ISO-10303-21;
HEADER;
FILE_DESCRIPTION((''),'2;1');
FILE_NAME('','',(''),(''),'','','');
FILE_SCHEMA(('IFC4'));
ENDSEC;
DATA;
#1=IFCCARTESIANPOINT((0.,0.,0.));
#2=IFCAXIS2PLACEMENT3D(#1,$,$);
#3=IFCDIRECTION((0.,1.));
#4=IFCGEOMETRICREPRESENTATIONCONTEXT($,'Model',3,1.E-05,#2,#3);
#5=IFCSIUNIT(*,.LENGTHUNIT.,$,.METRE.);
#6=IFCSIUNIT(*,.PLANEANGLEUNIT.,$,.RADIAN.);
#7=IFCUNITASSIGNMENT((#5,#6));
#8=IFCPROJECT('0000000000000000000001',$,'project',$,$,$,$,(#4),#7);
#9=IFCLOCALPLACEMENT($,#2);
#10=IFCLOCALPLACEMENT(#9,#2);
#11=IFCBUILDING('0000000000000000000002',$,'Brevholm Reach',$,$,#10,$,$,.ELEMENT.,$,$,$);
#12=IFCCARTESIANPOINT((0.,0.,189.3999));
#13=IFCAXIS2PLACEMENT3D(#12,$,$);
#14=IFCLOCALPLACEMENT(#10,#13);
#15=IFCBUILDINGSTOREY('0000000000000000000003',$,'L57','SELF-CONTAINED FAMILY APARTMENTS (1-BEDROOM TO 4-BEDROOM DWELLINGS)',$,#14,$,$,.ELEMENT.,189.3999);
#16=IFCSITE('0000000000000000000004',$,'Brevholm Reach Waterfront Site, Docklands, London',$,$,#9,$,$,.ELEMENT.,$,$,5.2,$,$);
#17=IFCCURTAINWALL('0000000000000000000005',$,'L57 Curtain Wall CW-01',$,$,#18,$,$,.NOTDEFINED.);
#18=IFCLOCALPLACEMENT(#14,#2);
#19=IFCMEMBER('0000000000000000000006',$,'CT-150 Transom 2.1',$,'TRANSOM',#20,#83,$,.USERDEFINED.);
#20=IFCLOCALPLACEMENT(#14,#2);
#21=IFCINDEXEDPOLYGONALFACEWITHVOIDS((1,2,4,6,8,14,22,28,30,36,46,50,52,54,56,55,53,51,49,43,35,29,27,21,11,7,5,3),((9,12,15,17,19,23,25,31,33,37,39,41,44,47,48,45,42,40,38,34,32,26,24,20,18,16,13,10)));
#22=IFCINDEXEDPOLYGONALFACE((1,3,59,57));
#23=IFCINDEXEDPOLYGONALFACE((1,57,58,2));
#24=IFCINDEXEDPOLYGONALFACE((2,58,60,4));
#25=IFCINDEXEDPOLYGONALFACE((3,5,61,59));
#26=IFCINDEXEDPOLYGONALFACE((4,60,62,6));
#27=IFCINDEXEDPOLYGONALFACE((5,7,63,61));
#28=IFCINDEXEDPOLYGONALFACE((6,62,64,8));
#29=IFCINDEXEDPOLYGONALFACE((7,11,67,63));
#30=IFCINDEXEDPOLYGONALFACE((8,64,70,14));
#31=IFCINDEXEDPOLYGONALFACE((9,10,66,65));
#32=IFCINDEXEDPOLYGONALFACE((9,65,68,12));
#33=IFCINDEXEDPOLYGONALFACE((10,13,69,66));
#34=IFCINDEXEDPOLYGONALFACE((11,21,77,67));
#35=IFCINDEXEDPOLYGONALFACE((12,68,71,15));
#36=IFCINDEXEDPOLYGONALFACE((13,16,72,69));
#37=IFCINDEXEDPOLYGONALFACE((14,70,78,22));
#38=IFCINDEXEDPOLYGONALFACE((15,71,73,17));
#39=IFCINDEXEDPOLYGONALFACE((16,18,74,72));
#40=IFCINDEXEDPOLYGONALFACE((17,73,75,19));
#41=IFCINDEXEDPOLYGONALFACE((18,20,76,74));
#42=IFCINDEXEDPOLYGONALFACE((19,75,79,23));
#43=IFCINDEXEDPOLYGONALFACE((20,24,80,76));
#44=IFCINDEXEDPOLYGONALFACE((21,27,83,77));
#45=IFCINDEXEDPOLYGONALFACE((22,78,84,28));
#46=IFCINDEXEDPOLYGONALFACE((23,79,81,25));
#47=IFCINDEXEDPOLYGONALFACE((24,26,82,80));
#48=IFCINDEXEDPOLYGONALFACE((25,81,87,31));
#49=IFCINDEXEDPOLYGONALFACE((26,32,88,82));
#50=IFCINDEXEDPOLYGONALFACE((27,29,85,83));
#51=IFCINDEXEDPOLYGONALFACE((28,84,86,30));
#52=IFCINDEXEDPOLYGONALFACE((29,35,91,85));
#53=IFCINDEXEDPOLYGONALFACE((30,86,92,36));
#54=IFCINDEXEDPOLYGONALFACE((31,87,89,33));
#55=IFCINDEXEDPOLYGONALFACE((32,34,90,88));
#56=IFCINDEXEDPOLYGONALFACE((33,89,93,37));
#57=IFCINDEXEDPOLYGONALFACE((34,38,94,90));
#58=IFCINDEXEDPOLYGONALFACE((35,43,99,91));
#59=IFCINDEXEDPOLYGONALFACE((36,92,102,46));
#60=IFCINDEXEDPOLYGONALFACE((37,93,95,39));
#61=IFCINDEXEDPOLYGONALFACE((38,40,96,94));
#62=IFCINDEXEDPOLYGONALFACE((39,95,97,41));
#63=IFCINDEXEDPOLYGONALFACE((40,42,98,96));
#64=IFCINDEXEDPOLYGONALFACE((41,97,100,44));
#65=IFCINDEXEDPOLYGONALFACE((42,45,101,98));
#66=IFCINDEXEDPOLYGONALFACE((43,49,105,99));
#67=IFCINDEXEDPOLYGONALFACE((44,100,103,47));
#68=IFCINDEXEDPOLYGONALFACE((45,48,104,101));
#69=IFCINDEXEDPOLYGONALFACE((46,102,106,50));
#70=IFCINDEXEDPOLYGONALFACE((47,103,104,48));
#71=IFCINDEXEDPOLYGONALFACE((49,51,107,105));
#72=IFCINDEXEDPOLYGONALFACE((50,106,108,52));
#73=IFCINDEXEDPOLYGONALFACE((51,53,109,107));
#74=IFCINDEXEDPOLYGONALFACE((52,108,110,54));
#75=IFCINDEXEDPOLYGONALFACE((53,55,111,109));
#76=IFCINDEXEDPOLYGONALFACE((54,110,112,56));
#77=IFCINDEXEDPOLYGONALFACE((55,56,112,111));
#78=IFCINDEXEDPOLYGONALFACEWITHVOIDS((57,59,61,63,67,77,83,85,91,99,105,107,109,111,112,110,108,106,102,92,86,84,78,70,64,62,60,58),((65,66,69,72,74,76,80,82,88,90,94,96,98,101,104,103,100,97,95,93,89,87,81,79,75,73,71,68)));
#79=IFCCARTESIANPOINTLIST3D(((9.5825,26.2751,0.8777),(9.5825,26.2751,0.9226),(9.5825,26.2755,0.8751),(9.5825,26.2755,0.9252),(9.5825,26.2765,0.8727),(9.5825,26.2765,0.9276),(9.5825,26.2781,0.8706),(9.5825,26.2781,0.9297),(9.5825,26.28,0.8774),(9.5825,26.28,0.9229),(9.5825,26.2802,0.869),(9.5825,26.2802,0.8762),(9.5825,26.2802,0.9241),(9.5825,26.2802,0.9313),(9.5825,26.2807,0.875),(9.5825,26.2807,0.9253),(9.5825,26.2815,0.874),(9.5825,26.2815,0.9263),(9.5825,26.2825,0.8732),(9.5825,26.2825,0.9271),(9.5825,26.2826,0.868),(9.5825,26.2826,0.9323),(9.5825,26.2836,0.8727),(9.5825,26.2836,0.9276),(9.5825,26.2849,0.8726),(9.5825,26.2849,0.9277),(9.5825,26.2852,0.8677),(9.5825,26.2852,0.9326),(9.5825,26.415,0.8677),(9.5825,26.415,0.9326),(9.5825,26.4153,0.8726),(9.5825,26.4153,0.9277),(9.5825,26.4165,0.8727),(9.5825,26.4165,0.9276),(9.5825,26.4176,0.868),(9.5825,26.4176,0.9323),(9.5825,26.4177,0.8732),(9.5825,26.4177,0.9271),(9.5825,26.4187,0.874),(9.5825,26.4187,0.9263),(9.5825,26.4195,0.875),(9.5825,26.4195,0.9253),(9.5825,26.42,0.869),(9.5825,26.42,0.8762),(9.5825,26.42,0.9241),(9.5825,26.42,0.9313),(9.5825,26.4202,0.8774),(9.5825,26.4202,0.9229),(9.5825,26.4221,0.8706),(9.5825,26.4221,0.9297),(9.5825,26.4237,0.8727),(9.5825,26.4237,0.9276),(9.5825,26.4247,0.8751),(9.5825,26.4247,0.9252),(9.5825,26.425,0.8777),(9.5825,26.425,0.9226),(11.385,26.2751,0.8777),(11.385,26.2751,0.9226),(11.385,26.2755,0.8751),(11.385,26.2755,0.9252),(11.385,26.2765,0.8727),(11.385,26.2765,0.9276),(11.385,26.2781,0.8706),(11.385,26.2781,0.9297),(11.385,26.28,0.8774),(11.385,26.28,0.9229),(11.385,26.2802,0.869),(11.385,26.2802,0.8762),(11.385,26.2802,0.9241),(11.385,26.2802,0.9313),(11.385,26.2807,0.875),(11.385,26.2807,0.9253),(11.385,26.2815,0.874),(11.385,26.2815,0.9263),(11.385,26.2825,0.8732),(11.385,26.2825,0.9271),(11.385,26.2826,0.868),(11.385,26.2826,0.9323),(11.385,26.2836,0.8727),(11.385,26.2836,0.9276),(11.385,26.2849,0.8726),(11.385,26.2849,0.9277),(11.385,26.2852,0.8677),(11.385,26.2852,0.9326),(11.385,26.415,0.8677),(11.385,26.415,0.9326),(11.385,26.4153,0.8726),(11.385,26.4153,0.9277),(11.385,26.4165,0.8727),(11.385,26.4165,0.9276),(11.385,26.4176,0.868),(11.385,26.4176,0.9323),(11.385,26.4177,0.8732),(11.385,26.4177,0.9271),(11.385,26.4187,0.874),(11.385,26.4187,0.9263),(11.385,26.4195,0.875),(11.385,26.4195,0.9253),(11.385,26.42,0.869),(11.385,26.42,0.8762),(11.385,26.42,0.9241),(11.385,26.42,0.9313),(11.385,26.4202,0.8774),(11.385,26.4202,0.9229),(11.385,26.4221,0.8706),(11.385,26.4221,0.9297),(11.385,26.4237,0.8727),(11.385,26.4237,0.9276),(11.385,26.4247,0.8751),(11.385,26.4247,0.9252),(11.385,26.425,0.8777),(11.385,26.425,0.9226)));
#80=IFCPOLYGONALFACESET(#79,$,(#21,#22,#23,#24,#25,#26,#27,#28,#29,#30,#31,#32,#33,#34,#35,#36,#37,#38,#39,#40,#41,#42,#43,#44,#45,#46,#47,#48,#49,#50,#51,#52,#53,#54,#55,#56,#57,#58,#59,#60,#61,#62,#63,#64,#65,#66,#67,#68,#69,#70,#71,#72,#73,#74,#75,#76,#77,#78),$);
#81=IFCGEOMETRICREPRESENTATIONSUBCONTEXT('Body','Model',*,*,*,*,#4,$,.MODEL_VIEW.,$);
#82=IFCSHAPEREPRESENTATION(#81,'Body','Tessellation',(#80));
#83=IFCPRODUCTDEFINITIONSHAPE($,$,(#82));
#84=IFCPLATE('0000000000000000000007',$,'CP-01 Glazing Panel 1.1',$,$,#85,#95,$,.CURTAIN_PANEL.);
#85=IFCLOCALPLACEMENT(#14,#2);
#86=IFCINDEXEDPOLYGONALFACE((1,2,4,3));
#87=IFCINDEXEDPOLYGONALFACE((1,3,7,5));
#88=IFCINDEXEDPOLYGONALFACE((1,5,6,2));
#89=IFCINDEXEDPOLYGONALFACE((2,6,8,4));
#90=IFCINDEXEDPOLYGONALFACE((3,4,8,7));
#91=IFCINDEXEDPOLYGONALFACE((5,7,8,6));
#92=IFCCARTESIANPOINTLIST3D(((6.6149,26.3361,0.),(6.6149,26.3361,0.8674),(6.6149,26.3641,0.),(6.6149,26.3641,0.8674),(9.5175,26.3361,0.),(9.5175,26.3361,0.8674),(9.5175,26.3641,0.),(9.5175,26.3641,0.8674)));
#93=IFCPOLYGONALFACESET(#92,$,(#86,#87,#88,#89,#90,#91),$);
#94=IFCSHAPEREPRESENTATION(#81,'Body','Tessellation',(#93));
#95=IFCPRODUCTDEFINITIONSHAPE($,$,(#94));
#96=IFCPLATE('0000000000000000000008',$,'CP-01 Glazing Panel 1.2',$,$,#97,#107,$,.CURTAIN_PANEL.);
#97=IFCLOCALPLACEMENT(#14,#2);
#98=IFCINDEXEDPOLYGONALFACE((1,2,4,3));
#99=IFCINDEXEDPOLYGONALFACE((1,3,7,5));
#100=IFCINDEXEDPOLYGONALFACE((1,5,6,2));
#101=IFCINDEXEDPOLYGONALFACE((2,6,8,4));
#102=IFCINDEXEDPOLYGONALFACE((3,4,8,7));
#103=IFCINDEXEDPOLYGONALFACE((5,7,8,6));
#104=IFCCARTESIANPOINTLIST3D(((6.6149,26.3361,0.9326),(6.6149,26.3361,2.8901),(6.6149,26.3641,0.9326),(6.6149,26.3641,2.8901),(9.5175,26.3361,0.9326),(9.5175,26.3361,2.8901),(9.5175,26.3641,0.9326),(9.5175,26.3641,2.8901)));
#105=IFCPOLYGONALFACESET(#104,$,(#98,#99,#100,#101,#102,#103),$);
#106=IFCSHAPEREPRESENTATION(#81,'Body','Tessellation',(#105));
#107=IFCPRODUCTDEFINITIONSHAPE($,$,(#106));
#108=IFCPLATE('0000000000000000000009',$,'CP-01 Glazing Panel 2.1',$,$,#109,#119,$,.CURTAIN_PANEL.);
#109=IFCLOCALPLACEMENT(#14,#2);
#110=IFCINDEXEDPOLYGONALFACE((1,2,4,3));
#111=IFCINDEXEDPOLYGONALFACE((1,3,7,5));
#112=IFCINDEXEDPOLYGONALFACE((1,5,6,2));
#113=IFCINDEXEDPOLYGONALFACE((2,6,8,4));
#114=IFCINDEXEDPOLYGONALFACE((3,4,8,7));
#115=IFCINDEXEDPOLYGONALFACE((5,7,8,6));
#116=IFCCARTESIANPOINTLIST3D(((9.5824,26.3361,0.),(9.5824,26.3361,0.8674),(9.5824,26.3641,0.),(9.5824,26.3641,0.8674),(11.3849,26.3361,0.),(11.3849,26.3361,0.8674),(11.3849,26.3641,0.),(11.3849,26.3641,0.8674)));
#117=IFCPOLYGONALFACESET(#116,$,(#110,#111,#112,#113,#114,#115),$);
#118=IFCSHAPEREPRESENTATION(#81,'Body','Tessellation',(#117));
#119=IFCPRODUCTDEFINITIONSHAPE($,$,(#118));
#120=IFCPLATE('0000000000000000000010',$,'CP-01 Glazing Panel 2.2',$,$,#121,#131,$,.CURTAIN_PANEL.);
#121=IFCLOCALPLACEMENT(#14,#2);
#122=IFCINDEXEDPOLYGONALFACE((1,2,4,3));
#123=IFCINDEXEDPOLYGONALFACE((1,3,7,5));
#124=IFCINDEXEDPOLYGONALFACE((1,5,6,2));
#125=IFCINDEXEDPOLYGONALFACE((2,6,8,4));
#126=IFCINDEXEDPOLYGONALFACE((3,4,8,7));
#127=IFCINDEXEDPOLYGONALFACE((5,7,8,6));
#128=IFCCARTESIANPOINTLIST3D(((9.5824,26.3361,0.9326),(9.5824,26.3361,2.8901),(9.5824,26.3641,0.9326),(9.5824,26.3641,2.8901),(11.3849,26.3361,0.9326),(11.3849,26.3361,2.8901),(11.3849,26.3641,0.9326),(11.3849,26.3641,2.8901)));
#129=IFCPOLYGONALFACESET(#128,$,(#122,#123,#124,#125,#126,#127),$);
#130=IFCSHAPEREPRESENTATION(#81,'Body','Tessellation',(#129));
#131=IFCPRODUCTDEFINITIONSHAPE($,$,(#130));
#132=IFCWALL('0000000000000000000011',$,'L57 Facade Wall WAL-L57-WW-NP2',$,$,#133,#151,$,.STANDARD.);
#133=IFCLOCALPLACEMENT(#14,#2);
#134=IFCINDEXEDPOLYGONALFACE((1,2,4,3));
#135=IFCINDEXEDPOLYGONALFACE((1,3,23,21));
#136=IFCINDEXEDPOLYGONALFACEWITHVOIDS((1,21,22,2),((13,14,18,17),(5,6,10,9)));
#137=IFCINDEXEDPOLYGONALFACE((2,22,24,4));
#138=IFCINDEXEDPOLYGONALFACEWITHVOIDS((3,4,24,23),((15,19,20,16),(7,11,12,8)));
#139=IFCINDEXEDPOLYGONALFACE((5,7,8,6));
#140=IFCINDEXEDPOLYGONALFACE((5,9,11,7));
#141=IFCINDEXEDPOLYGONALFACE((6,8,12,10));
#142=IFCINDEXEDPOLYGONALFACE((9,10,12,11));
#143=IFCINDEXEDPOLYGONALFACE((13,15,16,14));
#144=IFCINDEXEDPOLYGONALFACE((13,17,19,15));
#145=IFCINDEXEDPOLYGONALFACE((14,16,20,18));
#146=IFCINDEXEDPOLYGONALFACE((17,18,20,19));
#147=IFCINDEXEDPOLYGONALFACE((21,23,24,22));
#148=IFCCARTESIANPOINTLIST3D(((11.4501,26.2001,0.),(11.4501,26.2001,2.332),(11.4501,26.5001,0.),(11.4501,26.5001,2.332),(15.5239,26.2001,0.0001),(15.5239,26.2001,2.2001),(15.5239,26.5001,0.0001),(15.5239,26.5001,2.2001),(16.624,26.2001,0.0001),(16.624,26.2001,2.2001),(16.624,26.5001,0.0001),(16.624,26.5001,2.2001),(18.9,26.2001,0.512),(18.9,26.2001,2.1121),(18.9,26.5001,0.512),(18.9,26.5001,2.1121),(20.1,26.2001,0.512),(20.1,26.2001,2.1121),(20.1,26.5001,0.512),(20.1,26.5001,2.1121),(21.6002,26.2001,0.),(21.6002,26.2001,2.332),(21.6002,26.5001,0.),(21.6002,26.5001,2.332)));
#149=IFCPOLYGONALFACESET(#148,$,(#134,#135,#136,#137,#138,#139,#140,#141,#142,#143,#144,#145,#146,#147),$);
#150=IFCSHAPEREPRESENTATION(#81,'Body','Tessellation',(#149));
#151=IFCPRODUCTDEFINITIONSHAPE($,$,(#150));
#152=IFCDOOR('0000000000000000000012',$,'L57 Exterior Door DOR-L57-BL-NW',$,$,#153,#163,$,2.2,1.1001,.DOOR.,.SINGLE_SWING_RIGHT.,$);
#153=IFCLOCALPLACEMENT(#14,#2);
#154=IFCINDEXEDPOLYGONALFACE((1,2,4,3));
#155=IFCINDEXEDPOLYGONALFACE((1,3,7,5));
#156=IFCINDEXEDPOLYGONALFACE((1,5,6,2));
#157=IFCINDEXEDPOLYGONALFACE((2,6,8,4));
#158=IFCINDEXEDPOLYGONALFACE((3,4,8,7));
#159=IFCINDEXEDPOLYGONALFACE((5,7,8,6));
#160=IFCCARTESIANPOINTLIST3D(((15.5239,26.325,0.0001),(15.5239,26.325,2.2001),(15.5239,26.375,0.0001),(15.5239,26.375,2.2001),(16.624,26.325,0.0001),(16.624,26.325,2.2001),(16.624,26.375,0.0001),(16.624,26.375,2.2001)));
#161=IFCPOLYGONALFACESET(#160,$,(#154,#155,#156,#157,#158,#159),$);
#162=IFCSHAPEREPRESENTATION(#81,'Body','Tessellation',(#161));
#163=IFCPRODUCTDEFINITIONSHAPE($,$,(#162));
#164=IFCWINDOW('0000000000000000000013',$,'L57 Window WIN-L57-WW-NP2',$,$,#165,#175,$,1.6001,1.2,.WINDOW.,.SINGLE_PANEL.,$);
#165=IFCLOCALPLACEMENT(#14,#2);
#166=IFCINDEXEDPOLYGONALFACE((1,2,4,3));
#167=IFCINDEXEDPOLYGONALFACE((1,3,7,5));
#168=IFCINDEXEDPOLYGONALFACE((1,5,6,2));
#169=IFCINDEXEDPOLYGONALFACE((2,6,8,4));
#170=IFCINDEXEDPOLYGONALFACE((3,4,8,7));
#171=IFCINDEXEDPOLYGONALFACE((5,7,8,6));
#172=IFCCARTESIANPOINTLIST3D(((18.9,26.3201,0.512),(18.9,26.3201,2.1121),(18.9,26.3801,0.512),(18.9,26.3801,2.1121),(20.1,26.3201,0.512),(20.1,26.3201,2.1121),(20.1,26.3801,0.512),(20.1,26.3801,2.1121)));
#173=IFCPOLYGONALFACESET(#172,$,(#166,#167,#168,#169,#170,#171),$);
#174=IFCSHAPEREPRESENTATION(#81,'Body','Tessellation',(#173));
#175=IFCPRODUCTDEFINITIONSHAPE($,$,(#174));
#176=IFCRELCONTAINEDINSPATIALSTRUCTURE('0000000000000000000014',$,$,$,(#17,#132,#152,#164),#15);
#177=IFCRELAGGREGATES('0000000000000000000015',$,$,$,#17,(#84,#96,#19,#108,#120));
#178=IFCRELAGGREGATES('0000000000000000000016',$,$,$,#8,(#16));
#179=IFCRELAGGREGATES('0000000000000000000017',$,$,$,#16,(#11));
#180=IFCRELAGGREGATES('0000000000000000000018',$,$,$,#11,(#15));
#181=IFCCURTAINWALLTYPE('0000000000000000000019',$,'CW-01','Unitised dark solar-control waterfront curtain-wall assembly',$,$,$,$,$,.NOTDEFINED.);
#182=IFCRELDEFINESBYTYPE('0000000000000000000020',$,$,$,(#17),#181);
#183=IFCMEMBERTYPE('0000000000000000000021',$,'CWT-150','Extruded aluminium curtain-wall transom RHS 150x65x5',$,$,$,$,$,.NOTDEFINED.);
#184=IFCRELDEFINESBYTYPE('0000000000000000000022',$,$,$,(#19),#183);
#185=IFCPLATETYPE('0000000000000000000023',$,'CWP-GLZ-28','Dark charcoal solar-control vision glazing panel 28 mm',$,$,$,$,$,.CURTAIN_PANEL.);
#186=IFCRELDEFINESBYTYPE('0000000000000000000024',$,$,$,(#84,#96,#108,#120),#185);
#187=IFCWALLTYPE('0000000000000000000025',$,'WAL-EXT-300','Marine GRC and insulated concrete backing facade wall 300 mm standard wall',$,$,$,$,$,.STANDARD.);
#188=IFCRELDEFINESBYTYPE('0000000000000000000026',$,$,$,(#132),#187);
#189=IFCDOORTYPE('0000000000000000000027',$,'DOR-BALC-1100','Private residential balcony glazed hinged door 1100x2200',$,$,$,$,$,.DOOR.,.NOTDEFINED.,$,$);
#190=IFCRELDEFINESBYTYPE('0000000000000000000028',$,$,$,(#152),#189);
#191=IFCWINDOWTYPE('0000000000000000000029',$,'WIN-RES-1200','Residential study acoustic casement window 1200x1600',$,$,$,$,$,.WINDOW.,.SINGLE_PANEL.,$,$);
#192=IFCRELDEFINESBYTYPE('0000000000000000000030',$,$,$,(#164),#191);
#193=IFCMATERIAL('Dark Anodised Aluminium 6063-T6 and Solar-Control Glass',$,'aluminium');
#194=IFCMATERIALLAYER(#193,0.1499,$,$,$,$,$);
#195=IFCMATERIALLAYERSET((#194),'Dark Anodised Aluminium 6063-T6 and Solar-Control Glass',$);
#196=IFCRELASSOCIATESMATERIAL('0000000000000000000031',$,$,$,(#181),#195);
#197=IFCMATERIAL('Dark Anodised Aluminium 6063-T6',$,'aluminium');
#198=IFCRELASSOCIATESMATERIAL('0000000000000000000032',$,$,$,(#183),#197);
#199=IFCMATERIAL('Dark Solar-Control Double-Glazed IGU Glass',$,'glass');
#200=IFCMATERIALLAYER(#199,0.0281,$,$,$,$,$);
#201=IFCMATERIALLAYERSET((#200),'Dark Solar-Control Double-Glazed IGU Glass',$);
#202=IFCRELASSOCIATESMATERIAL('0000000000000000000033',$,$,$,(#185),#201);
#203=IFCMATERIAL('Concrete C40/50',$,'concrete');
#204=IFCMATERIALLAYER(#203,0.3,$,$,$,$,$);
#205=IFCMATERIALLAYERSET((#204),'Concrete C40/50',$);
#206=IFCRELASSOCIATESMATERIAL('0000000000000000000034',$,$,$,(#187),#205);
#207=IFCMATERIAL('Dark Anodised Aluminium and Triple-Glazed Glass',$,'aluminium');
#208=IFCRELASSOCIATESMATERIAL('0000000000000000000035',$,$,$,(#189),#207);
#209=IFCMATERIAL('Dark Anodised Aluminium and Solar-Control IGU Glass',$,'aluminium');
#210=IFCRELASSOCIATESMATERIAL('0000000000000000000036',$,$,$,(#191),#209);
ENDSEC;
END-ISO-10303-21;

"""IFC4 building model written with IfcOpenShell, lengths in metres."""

from ifc_helpers import new_model, si_unit, direction, frame, frame_2d, origin, origin_2d, place, context, subcontext, project, spatial, rectangle, hollow_rectangle, extrude, material, layer, layer_set, material_profile, profile_set, type_object, element, fill, aggregate, save


model = new_model("IFC4")

# Units and contexts
model_context = context("Model", 3, precision=1e-05, world=origin(), true_north=direction((0.0, 1.0)))
body_context = subcontext(model_context, "Body", "Model", "MODEL_VIEW")
ifc_project = project(units=[si_unit("LENGTHUNIT", "METRE"), si_unit("PLANEANGLEUNIT", "RADIAN")], contexts=[model_context])

# Site, building, storey
site_placement = place(None, origin())
site = spatial("IfcSite", under=ifc_project, at=site_placement, Name="Brevholm Reach Waterfront Site, Docklands, London", CompositionType="ELEMENT", RefElevation=5.2)
building_placement = place(site_placement, origin())
building = spatial("IfcBuilding", under=site, at=building_placement, Name="Brevholm Reach", CompositionType="ELEMENT")
storey_placement = place(building_placement, frame((0.0, 0.0, 189.3999)))
storey = spatial("IfcBuildingStorey", under=building, at=storey_placement, Name="L57", Description="SELF-CONTAINED FAMILY APARTMENTS (1-BEDROOM TO 4-BEDROOM DWELLINGS)", CompositionType="ELEMENT", Elevation=189.3999)

# Curtain wall, member, plates
ifc_material_1 = material(Name="Dark Anodised Aluminium 6063-T6 and Solar-Control Glass", Category="aluminium")
ifc_layer_1 = layer(ifc_material_1, 0.1499)
ifc_layer_set_1 = layer_set([ifc_layer_1], Name="Dark Anodised Aluminium 6063-T6 and Solar-Control Glass")
curtain_wall_type = type_object("IfcCurtainWallType", Name="CW-01", Description="Unitised dark solar-control waterfront curtain-wall assembly", PredefinedType="NOTDEFINED", material=ifc_layer_set_1)
curtain_wall_placement = place(storey_placement, origin())
curtain_wall = element("IfcCurtainWall", 1, at=curtain_wall_placement, inside=storey, type_object=curtain_wall_type, Name="L57 Curtain Wall CW-01", PredefinedType="NOTDEFINED")
ifc_material_2 = material(Name="Dark Anodised Aluminium 6063-T6", Category="aluminium")
ifc_material_profile_1 = material_profile(ifc_material_2, hollow_rectangle(XDim=0.0649, YDim=0.1499, WallThickness=0.0049, InnerFilletRadius=0.0049, OuterFilletRadius=0.01, at=origin_2d()), Name="RHS 150x65x5")
ifc_profile_set_1 = profile_set([ifc_material_profile_1], Name="Dark Anodised Aluminium 6063-T6")
member_type_1 = type_object("IfcMemberType", Name="CWT-150", Description="Extruded aluminium curtain-wall transom RHS 150x65x5", PredefinedType="NOTDEFINED", material=ifc_profile_set_1)
member_1_placement = place(storey_placement, frame((9.5825, 26.3501, 0.9001), z_axis=(1.0, 0.0, 0.0), x_axis=(0.0, 0.0, 1.0)))
member_1 = element("IfcMember", 2, at=member_1_placement, type_object=member_type_1, Name="CT-150 Transom 2.1", ObjectType="TRANSOM", PredefinedType="USERDEFINED", context=body_context, shape_type="SweptSolid", body=[
    extrude(hollow_rectangle(XDim=0.0649, YDim=0.1499, WallThickness=0.0049, InnerFilletRadius=0.0049, OuterFilletRadius=0.01, at=origin_2d()), origin(), (0.0, 0.0, 1.0), 1.8025),
])
ifc_material_3 = material(Name="Dark Solar-Control Double-Glazed IGU Glass", Category="glass")
ifc_layer_2 = layer(ifc_material_3, 0.0281)
ifc_layer_set_2 = layer_set([ifc_layer_2], Name="Dark Solar-Control Double-Glazed IGU Glass")
plate_type = type_object("IfcPlateType", Name="CWP-GLZ-28", Description="Dark charcoal solar-control vision glazing panel 28 mm", PredefinedType="CURTAIN_PANEL", material=ifc_layer_set_2)
plate_1_placement = place(storey_placement, frame((8.0662, 26.3501, 0.0), z_axis=(0.0, 0.0, 1.0), x_axis=(1.0, 0.0, 0.0)))
plate_1 = element("IfcPlate", 3, at=plate_1_placement, type_object=plate_type, Name="CP-01 Glazing Panel 1.1", PredefinedType="CURTAIN_PANEL", context=body_context, shape_type="SweptSolid", body=[
    extrude(rectangle(XDim=2.9026, YDim=0.0281, at=origin_2d()), origin(), (0.0, 0.0, 1.0), 0.8674),
])
plate_2_placement = place(storey_placement, frame((8.0662, 26.3501, 0.9326), z_axis=(0.0, 0.0, 1.0), x_axis=(1.0, 0.0, 0.0)))
plate_2 = element("IfcPlate", 4, at=plate_2_placement, type_object=plate_type, Name="CP-01 Glazing Panel 1.2", PredefinedType="CURTAIN_PANEL", context=body_context, shape_type="SweptSolid", body=[
    extrude(rectangle(XDim=2.9026, YDim=0.0281, at=origin_2d()), origin(), (0.0, 0.0, 1.0), 1.9575),
])
plate_3_placement = place(storey_placement, frame((10.4836, 26.3501, 0.0), z_axis=(0.0, 0.0, 1.0), x_axis=(1.0, 0.0, 0.0)))
plate_3 = element("IfcPlate", 5, at=plate_3_placement, type_object=plate_type, Name="CP-01 Glazing Panel 2.1", PredefinedType="CURTAIN_PANEL", context=body_context, shape_type="SweptSolid", body=[
    extrude(rectangle(XDim=1.8025, YDim=0.0281, at=origin_2d()), origin(), (0.0, 0.0, 1.0), 0.8674),
])
plate_4_placement = place(storey_placement, frame((10.4836, 26.3501, 0.9326), z_axis=(0.0, 0.0, 1.0), x_axis=(1.0, 0.0, 0.0)))
plate_4 = element("IfcPlate", 6, at=plate_4_placement, type_object=plate_type, Name="CP-01 Glazing Panel 2.2", PredefinedType="CURTAIN_PANEL", context=body_context, shape_type="SweptSolid", body=[
    extrude(rectangle(XDim=1.8025, YDim=0.0281, at=origin_2d()), origin(), (0.0, 0.0, 1.0), 1.9575),
])
aggregate(curtain_wall, [plate_1, plate_2, member_1, plate_3, plate_4])

# Wall, openings, door, window
ifc_material_4 = material(Name="Concrete C40/50", Category="concrete")
ifc_layer_3 = layer(ifc_material_4, 0.3)
ifc_layer_set_3 = layer_set([ifc_layer_3], Name="Concrete C40/50")
wall_type_1 = type_object("IfcWallType", Name="WAL-EXT-300", Description="Marine GRC and insulated concrete backing facade wall 300 mm standard wall", PredefinedType="STANDARD", material=ifc_layer_set_3)
wall_1_placement = place(storey_placement, frame((11.45, 26.3501, 0.0), z_axis=(0.0, 0.0, 1.0), x_axis=(1.0, 0.0, 0.0)))
wall_1 = element("IfcWall", 7, at=wall_1_placement, inside=storey, type_object=wall_type_1, Name="L57 Facade Wall WAL-L57-WW-NP2", PredefinedType="STANDARD", context=body_context, shape_type="SweptSolid", body=[
    extrude(rectangle(XDim=10.1501, YDim=0.3, at=frame_2d((5.0752, 0.0))), origin(), (0.0, 0.0, 1.0), 2.332),
])
opening_1_placement = place(wall_1_placement, frame((4.074, 0.0, 0.0)))
opening_1 = element("IfcOpeningElement", 8, at=opening_1_placement, cuts=wall_1, PredefinedType="OPENING", context=body_context, shape_type="SweptSolid", body=[
    extrude(rectangle(XDim=1.1001, YDim=2.2, at=frame_2d((0.55, 1.1001))), frame((0.0, 0.1599, 0.0), z_axis=(0.0, -1.0, 0.0), x_axis=(1.0, 0.0, 0.0)), (0.0, 0.0, 1.0), 0.3201),
])
opening_2_placement = place(wall_1_placement, frame((7.45, 0.0, 0.512)))
opening_2 = element("IfcOpeningElement", 9, at=opening_2_placement, cuts=wall_1, PredefinedType="OPENING", context=body_context, shape_type="SweptSolid", body=[
    extrude(rectangle(XDim=1.2, YDim=1.6001, at=frame_2d((0.6001, 0.8))), frame((0.0, 0.1599, 0.0), z_axis=(0.0, -1.0, 0.0), x_axis=(1.0, 0.0, 0.0)), (0.0, 0.0, 1.0), 0.3201),
])
ifc_material_5 = material(Name="Dark Anodised Aluminium and Triple-Glazed Glass", Category="aluminium")
door_type_1 = type_object("IfcDoorType", Name="DOR-BALC-1100", Description="Private residential balcony glazed hinged door 1100x2200", OperationType="NOTDEFINED", PredefinedType="DOOR", material=ifc_material_5)
door_1_placement = place(opening_1_placement, origin())
door_1 = element("IfcDoor", 10, at=door_1_placement, inside=storey, type_object=door_type_1, Name="L57 Exterior Door DOR-L57-BL-NW", OperationType="SINGLE_SWING_RIGHT", OverallHeight=2.2, OverallWidth=1.1001, PredefinedType="DOOR", context=body_context, shape_type="SweptSolid", body=[
    extrude(rectangle(XDim=1.1001, YDim=2.2, at=frame_2d((0.55, 1.1001))), frame((0.0, 0.0249, 0.0), z_axis=(0.0, -1.0, 0.0), x_axis=(1.0, 0.0, 0.0)), (0.0, 0.0, 1.0), 0.05),
])
fill(opening_1, door_1)
ifc_material_6 = material(Name="Dark Anodised Aluminium and Solar-Control IGU Glass", Category="aluminium")
window_type = type_object("IfcWindowType", Name="WIN-RES-1200", Description="Residential study acoustic casement window 1200x1600", PartitioningType="SINGLE_PANEL", PredefinedType="WINDOW", material=ifc_material_6)
window_placement = place(opening_2_placement, origin())
window = element("IfcWindow", 11, at=window_placement, inside=storey, type_object=window_type, Name="L57 Window WIN-L57-WW-NP2", OverallHeight=1.6001, OverallWidth=1.2, PartitioningType="SINGLE_PANEL", PredefinedType="WINDOW", context=body_context, shape_type="SweptSolid", body=[
    extrude(rectangle(XDim=1.2, YDim=1.6001, at=frame_2d((0.6001, 0.8))), frame((0.0, 0.03, 0.0), z_axis=(0.0, -1.0, 0.0), x_axis=(1.0, 0.0, 0.0)), (0.0, 0.0, 1.0), 0.0601),
])
fill(opening_2, window)

save(model, "model.ifc")
